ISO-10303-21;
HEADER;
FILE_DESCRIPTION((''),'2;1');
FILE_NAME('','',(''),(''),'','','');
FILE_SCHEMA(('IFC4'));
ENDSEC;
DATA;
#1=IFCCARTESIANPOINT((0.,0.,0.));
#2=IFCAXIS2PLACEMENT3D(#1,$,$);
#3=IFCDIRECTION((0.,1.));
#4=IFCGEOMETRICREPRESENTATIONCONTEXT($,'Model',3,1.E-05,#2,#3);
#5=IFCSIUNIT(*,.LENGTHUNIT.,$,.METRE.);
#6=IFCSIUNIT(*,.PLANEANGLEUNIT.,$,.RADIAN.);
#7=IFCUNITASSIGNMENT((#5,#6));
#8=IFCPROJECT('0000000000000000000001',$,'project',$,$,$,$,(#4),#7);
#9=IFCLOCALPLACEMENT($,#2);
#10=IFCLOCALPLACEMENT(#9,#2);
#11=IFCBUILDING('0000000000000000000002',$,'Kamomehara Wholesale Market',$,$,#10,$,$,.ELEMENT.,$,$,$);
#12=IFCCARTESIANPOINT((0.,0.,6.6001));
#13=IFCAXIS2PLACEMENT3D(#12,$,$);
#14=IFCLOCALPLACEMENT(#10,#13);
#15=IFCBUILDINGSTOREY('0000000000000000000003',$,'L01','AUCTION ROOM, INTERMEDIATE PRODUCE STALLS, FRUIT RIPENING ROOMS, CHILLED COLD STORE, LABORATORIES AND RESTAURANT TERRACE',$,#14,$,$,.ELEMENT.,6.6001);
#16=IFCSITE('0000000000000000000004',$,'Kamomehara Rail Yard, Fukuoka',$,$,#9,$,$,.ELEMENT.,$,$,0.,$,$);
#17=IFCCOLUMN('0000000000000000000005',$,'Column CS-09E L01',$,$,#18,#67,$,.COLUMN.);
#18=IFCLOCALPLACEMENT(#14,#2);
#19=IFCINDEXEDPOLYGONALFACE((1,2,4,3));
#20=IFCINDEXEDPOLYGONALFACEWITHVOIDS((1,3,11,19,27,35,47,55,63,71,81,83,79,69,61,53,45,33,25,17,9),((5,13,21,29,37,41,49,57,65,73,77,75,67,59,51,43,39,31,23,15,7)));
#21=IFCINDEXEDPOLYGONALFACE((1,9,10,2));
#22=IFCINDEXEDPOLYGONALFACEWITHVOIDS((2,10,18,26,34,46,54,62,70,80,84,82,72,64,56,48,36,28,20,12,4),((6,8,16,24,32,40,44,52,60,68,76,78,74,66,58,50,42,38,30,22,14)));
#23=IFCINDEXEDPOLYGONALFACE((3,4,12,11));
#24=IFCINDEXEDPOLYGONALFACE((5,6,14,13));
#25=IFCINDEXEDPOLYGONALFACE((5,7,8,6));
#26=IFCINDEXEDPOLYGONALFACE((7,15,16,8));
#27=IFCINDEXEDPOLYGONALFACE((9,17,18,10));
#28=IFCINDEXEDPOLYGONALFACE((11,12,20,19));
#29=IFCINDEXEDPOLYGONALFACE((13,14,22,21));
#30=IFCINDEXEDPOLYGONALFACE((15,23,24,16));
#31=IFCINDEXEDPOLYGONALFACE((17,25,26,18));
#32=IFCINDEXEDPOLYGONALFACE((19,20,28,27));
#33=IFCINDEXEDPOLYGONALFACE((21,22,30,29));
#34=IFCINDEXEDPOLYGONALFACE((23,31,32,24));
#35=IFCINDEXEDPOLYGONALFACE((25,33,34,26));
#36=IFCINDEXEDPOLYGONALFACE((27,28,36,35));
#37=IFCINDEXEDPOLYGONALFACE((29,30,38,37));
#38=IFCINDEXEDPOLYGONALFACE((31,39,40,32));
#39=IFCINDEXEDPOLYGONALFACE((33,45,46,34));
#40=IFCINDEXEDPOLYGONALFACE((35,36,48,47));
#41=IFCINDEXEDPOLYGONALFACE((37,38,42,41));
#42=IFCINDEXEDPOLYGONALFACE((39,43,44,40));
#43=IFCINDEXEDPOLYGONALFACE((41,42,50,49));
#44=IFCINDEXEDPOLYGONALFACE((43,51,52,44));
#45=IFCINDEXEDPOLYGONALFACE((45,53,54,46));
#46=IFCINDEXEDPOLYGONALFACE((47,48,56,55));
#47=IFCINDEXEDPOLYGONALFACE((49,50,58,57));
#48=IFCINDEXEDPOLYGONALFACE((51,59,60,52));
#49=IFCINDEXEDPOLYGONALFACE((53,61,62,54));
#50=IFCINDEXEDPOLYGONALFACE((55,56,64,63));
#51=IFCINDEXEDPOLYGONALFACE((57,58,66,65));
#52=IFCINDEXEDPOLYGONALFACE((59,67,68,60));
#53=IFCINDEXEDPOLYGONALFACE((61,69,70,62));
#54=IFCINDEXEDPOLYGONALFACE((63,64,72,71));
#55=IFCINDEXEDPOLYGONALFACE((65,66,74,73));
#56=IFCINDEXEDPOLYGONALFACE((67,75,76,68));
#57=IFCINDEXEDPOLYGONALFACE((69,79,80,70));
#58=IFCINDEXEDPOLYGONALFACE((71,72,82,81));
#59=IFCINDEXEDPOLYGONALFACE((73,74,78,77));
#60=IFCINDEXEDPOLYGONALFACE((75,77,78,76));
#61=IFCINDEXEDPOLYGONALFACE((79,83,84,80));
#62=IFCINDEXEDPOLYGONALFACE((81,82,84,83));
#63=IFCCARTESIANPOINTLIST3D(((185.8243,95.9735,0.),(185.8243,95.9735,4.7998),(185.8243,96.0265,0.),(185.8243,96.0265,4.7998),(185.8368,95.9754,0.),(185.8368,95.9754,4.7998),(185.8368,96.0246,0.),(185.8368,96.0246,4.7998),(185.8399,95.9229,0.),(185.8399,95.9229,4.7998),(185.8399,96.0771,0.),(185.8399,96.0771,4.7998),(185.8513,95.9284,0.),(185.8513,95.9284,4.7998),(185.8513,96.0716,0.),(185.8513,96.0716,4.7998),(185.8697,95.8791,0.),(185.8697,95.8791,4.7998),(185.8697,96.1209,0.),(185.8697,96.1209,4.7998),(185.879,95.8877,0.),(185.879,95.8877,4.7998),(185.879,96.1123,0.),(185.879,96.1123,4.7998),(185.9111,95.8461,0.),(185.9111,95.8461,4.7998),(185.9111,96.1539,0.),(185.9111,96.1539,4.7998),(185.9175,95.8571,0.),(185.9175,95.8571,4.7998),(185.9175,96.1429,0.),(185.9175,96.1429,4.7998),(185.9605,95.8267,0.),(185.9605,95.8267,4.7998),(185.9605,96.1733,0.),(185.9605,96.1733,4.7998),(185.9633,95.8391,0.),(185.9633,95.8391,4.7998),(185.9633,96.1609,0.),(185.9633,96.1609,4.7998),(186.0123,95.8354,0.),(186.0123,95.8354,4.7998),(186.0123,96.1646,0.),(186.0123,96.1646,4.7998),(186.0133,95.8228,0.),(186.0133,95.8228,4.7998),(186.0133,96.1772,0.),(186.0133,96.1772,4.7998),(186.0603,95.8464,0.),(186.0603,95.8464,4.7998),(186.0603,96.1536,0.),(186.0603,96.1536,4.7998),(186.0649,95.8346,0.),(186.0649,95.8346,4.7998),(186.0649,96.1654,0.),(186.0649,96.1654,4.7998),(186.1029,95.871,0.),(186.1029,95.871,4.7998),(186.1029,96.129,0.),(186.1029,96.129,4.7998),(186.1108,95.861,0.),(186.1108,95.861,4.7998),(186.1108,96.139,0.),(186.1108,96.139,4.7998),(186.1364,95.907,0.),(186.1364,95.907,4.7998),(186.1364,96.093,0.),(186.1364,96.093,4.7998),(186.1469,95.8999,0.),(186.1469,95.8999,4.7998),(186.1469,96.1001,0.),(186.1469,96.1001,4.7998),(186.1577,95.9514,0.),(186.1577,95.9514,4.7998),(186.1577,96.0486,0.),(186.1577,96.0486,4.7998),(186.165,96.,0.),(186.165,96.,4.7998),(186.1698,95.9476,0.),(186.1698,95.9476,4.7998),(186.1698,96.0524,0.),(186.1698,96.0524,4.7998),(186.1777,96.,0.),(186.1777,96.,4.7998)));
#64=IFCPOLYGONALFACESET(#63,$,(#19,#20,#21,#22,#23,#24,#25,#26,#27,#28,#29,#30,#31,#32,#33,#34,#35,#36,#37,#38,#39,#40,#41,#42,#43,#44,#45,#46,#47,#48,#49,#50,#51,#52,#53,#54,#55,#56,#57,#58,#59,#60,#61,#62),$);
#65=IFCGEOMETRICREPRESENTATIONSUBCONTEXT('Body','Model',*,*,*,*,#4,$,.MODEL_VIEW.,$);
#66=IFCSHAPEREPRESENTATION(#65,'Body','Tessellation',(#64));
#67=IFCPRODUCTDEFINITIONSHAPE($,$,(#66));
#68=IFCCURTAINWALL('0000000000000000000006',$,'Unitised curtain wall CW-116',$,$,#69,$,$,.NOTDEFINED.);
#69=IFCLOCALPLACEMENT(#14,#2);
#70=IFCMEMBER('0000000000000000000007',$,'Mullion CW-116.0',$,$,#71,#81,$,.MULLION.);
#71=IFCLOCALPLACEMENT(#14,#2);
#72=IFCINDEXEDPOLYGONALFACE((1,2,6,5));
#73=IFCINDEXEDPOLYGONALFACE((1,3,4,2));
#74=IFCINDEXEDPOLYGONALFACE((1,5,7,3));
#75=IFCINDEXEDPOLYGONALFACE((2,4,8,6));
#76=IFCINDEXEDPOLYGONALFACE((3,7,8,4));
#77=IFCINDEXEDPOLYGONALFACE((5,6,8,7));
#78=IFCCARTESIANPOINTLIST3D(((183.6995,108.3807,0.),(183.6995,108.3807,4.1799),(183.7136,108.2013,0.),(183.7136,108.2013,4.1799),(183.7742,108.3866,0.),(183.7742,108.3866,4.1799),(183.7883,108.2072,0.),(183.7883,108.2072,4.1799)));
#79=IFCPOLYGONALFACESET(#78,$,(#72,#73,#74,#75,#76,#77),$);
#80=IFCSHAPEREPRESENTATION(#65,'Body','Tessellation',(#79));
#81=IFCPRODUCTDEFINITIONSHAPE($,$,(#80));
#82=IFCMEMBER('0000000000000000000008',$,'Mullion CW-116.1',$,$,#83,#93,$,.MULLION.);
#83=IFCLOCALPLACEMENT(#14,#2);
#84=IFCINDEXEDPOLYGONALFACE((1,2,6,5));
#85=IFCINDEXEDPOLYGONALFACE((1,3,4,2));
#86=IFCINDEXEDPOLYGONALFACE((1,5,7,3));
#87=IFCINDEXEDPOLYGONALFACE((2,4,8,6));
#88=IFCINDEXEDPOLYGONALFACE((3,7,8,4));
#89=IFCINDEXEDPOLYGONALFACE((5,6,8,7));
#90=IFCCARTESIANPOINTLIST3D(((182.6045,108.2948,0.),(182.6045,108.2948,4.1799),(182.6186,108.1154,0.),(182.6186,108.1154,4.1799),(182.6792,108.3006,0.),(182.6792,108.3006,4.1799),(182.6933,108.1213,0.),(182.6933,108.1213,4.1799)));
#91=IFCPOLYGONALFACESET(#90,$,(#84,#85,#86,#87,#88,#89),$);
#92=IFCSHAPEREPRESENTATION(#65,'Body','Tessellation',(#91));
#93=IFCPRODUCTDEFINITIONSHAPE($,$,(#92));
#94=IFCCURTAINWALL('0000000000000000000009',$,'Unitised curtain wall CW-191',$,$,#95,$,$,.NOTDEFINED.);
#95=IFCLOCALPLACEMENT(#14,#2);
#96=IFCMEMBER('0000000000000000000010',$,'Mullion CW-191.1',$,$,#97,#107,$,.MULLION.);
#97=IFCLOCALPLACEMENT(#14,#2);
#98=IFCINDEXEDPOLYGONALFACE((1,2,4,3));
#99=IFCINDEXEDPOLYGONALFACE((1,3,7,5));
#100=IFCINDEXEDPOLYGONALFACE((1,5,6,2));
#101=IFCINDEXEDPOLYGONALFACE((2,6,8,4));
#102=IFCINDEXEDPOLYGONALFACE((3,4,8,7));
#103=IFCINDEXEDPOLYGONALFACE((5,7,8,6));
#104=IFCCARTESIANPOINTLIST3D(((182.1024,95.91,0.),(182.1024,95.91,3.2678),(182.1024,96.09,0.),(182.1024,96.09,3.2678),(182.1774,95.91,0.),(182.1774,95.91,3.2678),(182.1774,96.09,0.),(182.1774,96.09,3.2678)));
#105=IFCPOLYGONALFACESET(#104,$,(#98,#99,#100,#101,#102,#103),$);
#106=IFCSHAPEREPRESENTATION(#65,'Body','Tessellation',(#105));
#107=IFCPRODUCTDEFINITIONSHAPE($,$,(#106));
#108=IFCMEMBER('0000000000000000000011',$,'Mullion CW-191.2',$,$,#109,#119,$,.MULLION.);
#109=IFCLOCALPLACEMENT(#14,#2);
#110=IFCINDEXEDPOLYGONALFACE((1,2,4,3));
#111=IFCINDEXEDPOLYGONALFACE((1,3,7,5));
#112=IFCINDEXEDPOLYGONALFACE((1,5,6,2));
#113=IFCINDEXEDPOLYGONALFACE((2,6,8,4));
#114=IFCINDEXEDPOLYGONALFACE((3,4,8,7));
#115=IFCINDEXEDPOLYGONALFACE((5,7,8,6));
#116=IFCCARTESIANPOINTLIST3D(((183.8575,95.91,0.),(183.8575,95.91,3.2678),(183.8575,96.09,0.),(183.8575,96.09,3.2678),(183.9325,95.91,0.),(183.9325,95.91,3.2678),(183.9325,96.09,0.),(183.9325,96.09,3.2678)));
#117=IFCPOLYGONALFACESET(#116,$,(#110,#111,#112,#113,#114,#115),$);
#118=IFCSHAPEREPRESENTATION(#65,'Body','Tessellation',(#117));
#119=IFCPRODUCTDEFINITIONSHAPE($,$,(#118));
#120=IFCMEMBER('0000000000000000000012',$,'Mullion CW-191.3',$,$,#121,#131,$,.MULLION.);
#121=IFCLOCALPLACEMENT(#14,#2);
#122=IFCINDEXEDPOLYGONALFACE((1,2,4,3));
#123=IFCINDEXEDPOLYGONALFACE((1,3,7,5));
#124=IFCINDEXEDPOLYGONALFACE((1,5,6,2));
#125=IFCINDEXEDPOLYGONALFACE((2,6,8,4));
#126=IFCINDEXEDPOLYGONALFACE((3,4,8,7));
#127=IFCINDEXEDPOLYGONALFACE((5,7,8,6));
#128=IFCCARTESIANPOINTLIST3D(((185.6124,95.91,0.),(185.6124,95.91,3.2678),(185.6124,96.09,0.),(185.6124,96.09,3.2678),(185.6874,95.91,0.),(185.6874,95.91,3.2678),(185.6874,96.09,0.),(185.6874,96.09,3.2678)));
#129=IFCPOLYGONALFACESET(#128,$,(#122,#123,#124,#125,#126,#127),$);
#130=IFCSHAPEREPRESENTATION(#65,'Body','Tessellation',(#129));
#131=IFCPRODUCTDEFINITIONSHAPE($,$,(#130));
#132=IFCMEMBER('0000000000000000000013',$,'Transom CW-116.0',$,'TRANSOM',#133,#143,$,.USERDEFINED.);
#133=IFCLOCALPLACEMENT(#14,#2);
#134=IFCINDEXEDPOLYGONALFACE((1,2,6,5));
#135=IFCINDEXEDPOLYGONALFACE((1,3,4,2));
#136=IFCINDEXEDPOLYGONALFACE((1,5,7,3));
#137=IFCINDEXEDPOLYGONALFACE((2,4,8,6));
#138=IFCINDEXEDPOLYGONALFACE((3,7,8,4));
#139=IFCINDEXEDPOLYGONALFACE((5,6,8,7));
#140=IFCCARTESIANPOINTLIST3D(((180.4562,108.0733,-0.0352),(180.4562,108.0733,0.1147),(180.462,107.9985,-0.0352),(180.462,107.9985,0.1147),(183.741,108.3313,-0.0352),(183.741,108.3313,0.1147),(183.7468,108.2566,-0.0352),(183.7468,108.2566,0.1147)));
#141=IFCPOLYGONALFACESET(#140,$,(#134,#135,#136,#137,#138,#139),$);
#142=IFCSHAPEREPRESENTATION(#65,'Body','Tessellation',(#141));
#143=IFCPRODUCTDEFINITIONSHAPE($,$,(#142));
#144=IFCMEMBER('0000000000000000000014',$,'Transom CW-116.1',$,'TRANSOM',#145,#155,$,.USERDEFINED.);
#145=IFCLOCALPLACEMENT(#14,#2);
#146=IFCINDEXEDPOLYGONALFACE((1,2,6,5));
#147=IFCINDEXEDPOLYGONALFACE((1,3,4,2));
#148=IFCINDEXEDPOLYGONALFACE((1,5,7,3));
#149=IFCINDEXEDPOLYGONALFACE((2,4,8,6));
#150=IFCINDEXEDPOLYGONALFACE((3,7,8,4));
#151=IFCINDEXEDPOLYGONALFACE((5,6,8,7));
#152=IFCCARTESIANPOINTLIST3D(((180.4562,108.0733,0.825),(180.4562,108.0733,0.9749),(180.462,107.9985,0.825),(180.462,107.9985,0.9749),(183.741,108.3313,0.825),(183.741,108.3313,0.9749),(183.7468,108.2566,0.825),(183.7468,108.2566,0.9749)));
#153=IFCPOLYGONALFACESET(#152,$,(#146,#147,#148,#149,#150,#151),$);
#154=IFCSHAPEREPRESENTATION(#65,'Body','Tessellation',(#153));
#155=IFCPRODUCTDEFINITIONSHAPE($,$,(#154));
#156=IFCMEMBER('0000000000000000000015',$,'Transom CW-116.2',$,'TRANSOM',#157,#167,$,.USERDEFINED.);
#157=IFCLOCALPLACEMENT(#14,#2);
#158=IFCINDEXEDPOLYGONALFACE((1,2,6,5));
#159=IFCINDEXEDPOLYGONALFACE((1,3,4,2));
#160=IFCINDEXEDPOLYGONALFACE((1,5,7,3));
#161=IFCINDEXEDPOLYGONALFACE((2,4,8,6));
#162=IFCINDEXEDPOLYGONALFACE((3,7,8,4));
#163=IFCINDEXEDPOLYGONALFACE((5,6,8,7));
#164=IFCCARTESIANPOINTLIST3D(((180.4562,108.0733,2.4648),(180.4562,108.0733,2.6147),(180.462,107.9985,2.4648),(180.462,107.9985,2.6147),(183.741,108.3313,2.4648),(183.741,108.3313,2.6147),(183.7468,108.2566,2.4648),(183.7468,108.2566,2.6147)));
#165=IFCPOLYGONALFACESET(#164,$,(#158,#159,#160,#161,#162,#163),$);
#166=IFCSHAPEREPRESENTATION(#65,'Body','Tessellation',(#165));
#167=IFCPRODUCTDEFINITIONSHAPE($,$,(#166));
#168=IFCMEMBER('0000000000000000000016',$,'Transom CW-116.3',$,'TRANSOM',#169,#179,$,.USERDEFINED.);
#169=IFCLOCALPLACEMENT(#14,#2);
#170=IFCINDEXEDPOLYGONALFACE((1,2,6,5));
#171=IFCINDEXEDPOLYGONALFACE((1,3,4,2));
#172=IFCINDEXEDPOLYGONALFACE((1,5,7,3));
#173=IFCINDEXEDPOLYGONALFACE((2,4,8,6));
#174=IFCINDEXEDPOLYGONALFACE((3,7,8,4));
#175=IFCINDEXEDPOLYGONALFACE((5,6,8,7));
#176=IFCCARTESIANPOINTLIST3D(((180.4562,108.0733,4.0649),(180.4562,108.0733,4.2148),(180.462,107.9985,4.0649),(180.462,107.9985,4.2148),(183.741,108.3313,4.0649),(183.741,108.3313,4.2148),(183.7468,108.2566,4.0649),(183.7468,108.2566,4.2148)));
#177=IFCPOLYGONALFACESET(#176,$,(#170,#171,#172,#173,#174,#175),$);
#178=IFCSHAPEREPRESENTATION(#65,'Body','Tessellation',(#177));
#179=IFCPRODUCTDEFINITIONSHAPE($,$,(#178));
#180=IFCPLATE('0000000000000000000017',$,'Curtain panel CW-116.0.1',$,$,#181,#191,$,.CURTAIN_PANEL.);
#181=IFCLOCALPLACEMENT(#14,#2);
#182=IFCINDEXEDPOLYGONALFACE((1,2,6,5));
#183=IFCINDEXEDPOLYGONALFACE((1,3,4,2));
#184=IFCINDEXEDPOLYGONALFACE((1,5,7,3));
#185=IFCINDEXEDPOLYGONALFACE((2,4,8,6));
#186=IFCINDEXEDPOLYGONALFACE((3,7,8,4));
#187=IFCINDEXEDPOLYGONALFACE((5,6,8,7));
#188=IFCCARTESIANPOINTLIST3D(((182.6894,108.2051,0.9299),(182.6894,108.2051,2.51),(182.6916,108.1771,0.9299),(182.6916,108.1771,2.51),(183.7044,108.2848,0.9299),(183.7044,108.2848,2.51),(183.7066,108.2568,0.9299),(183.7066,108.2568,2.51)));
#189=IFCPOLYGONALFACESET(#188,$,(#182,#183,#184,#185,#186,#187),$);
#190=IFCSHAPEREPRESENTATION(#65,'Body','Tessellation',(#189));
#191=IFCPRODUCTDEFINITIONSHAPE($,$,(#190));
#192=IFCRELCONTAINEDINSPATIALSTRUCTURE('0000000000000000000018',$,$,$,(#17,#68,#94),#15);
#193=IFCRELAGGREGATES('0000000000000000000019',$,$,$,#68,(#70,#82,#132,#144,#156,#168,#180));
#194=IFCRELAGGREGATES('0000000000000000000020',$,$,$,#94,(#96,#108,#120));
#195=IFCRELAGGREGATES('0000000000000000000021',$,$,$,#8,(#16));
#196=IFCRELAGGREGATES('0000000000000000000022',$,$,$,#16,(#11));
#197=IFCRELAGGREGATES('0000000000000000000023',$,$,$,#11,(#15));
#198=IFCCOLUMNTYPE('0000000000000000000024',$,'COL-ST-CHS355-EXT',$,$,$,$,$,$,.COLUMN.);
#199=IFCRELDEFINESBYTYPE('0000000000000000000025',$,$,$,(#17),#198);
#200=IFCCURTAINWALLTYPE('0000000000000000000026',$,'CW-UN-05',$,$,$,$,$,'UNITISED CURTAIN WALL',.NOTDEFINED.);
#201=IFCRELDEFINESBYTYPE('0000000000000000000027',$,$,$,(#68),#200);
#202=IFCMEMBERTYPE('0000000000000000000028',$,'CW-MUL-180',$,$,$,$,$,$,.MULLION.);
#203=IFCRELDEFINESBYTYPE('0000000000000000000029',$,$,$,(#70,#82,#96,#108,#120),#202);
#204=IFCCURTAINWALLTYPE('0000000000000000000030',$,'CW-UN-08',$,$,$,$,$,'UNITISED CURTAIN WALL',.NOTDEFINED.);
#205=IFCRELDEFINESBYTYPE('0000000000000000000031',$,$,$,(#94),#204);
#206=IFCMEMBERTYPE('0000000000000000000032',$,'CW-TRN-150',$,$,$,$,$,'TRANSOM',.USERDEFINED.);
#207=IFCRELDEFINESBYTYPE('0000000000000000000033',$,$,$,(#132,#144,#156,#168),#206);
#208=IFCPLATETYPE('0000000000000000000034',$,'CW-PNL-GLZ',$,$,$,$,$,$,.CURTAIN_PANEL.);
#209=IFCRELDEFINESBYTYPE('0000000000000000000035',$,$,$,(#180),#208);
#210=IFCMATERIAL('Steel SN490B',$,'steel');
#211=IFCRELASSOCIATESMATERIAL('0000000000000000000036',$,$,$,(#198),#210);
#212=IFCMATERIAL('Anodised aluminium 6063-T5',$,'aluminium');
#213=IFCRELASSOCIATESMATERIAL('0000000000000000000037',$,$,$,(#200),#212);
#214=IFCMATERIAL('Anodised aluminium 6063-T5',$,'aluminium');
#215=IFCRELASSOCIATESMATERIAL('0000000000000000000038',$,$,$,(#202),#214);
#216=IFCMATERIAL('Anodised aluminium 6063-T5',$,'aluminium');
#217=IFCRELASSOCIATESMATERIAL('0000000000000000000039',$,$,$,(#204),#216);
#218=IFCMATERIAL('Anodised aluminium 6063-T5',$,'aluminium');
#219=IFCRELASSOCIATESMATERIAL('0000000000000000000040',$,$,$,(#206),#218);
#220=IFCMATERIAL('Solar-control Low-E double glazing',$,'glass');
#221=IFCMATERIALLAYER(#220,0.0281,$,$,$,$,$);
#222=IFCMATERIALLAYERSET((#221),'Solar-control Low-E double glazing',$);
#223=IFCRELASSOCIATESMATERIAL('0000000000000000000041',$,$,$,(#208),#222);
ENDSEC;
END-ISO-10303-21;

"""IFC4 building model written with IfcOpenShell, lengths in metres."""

from ifc_helpers import new_model, si_unit, direction, frame, origin, origin_2d, place, context, subcontext, project, spatial, rectangle, hollow_circle, extrude, material, layer, layer_set, material_profile, profile_set, type_object, element, aggregate, save


model = new_model("IFC4")

# Units and contexts
model_context = context("Model", 3, precision=1e-05, world=origin(), true_north=direction((0.0, 1.0)))
body_context = subcontext(model_context, "Body", "Model", "MODEL_VIEW")
ifc_project = project(units=[si_unit("LENGTHUNIT", "METRE"), si_unit("PLANEANGLEUNIT", "RADIAN")], contexts=[model_context])

# Site, building, storey
site_placement = place(None, origin())
site = spatial("IfcSite", under=ifc_project, at=site_placement, Name="Kamomehara Rail Yard, Fukuoka", CompositionType="ELEMENT", RefElevation=0.0)
building_placement = place(site_placement, origin())
building = spatial("IfcBuilding", under=site, at=building_placement, Name="Kamomehara Wholesale Market", CompositionType="ELEMENT")
storey_placement = place(building_placement, frame((0.0, 0.0, 6.6001)))
storey = spatial("IfcBuildingStorey", under=building, at=storey_placement, Name="L01", Description="AUCTION ROOM, INTERMEDIATE PRODUCE STALLS, FRUIT RIPENING ROOMS, CHILLED COLD STORE, LABORATORIES AND RESTAURANT TERRACE", CompositionType="ELEMENT", Elevation=6.6001)

# Column
ifc_material_1 = material(Name="Steel SN490B", Category="steel")
ifc_material_profile_1 = material_profile(ifc_material_1, hollow_circle(Radius=0.1777, WallThickness=0.0127, at=origin_2d()), Name="CHS-355.6x12.7")
ifc_profile_set_1 = profile_set([ifc_material_profile_1], Name="Steel SN490B")
column_type = type_object("IfcColumnType", Name="COL-ST-CHS355-EXT", PredefinedType="COLUMN", material=ifc_profile_set_1)
column_placement = place(storey_placement, frame((186.0, 96.0, 0.0), z_axis=(0.0, 0.0, 1.0), x_axis=(1.0, 0.0, 0.0)))
element("IfcColumn", 1, at=column_placement, inside=storey, type_object=column_type, Name="Column CS-09E L01", PredefinedType="COLUMN", context=body_context, shape_type="SweptSolid", body=[
    extrude(hollow_circle(Radius=0.1777, WallThickness=0.0127, at=origin_2d()), origin(), (0.0, 0.0, 1.0), 4.7998),
])

# Curtain walls, members
ifc_material_2 = material(Name="Anodised aluminium 6063-T5", Category="aluminium")
curtain_wall_type_1 = type_object("IfcCurtainWallType", Name="CW-UN-05", ElementType="UNITISED CURTAIN WALL", PredefinedType="NOTDEFINED", material=ifc_material_2)
curtain_wall_1_placement = place(storey_placement, origin())
curtain_wall_1 = element("IfcCurtainWall", 2, at=curtain_wall_1_placement, inside=storey, type_object=curtain_wall_type_1, Name="Unitised curtain wall CW-116", PredefinedType="NOTDEFINED")
ifc_material_3 = material(Name="Anodised aluminium 6063-T5", Category="aluminium")
ifc_material_profile_2 = material_profile(ifc_material_3, rectangle(XDim=0.075, YDim=0.1799, at=origin_2d()), Name="ALU-MUL-75x180")
ifc_profile_set_2 = profile_set([ifc_material_profile_2], Name="Anodised aluminium 6063-T5")
member_type_1 = type_object("IfcMemberType", Name="CW-MUL-180", PredefinedType="MULLION", material=ifc_profile_set_2)
member_1_placement = place(storey_placement, frame((183.7439, 108.2939, 0.0), z_axis=(0.0, 0.0, 1.0), x_axis=(-0.99693, -0.078297, 0.0)))
member_1 = element("IfcMember", 3, at=member_1_placement, type_object=member_type_1, Name="Mullion CW-116.0", PredefinedType="MULLION", context=body_context, shape_type="SweptSolid", body=[
    extrude(rectangle(XDim=0.075, YDim=0.1799, at=origin_2d()), origin(), (0.0, 0.0, 1.0), 4.1799),
])
member_2_placement = place(storey_placement, frame((182.6489, 108.208, 0.0), z_axis=(0.0, 0.0, 1.0), x_axis=(-0.99693, -0.078297, 0.0)))
member_2 = element("IfcMember", 4, at=member_2_placement, type_object=member_type_1, Name="Mullion CW-116.1", PredefinedType="MULLION", context=body_context, shape_type="SweptSolid", body=[
    extrude(rectangle(XDim=0.075, YDim=0.1799, at=origin_2d()), origin(), (0.0, 0.0, 1.0), 4.1799),
])
ifc_material_4 = material(Name="Anodised aluminium 6063-T5", Category="aluminium")
curtain_wall_type_2 = type_object("IfcCurtainWallType", Name="CW-UN-08", ElementType="UNITISED CURTAIN WALL", PredefinedType="NOTDEFINED", material=ifc_material_4)
curtain_wall_2_placement = place(storey_placement, origin())
curtain_wall_2 = element("IfcCurtainWall", 5, at=curtain_wall_2_placement, inside=storey, type_object=curtain_wall_type_2, Name="Unitised curtain wall CW-191", PredefinedType="NOTDEFINED")
member_3_placement = place(storey_placement, frame((182.1399, 96.0, 0.0), z_axis=(0.0, 0.0, 1.0), x_axis=(1.0, 0.0, 0.0)))
member_3 = element("IfcMember", 6, at=member_3_placement, type_object=member_type_1, Name="Mullion CW-191.1", PredefinedType="MULLION", context=body_context, shape_type="SweptSolid", body=[
    extrude(rectangle(XDim=0.075, YDim=0.1799, at=origin_2d()), origin(), (0.0, 0.0, 1.0), 3.2678),
])
member_4_placement = place(storey_placement, frame((183.895, 96.0, 0.0), z_axis=(0.0, 0.0, 1.0), x_axis=(1.0, 0.0, 0.0)))
member_4 = element("IfcMember", 7, at=member_4_placement, type_object=member_type_1, Name="Mullion CW-191.2", PredefinedType="MULLION", context=body_context, shape_type="SweptSolid", body=[
    extrude(rectangle(XDim=0.075, YDim=0.1799, at=origin_2d()), origin(), (0.0, 0.0, 1.0), 3.2678),
])
member_5_placement = place(storey_placement, frame((185.6499, 96.0, 0.0), z_axis=(0.0, 0.0, 1.0), x_axis=(1.0, 0.0, 0.0)))
member_5 = element("IfcMember", 8, at=member_5_placement, type_object=member_type_1, Name="Mullion CW-191.3", PredefinedType="MULLION", context=body_context, shape_type="SweptSolid", body=[
    extrude(rectangle(XDim=0.075, YDim=0.1799, at=origin_2d()), origin(), (0.0, 0.0, 1.0), 3.2678),
])

# Members
ifc_material_5 = material(Name="Anodised aluminium 6063-T5", Category="aluminium")
ifc_material_profile_3 = material_profile(ifc_material_5, rectangle(XDim=0.075, YDim=0.1499, at=origin_2d()), Name="ALU-TRN-75x150")
ifc_profile_set_3 = profile_set([ifc_material_profile_3], Name="Anodised aluminium 6063-T5")
member_type_2 = type_object("IfcMemberType", Name="CW-TRN-150", ElementType="TRANSOM", PredefinedType="USERDEFINED", material=ifc_profile_set_3)
member_6_placement = place(storey_placement, frame((183.7439, 108.2939, 0.0398), z_axis=(-0.996929, -0.078317, 0.0), x_axis=(0.078317, -0.996929, 0.0)))
member_6 = element("IfcMember", 9, at=member_6_placement, type_object=member_type_2, Name="Transom CW-116.0", ObjectType="TRANSOM", PredefinedType="USERDEFINED", context=body_context, shape_type="SweptSolid", body=[
    extrude(rectangle(XDim=0.075, YDim=0.1499, at=origin_2d()), origin(), (0.0, 0.0, 1.0), 3.2949),
])
member_7_placement = place(storey_placement, frame((183.7439, 108.2939, 0.8999), z_axis=(-0.996929, -0.078317, 0.0), x_axis=(0.078317, -0.996929, 0.0)))
member_7 = element("IfcMember", 10, at=member_7_placement, type_object=member_type_2, Name="Transom CW-116.1", ObjectType="TRANSOM", PredefinedType="USERDEFINED", context=body_context, shape_type="SweptSolid", body=[
    extrude(rectangle(XDim=0.075, YDim=0.1499, at=origin_2d()), origin(), (0.0, 0.0, 1.0), 3.2949),
])
member_8_placement = place(storey_placement, frame((183.7439, 108.2939, 2.5398), z_axis=(-0.996929, -0.078317, 0.0), x_axis=(0.078317, -0.996929, 0.0)))
member_8 = element("IfcMember", 11, at=member_8_placement, type_object=member_type_2, Name="Transom CW-116.2", ObjectType="TRANSOM", PredefinedType="USERDEFINED", context=body_context, shape_type="SweptSolid", body=[
    extrude(rectangle(XDim=0.075, YDim=0.1499, at=origin_2d()), origin(), (0.0, 0.0, 1.0), 3.2949),
])
member_9_placement = place(storey_placement, frame((183.7439, 108.2939, 4.1399), z_axis=(-0.996929, -0.078317, 0.0), x_axis=(0.078317, -0.996929, 0.0)))
member_9 = element("IfcMember", 12, at=member_9_placement, type_object=member_type_2, Name="Transom CW-116.3", ObjectType="TRANSOM", PredefinedType="USERDEFINED", context=body_context, shape_type="SweptSolid", body=[
    extrude(rectangle(XDim=0.075, YDim=0.1499, at=origin_2d()), origin(), (0.0, 0.0, 1.0), 3.2949),
])

# Plate
ifc_material_6 = material(Name="Solar-control Low-E double glazing", Category="glass")
ifc_layer_1 = layer(ifc_material_6, 0.0281)
ifc_layer_set_1 = layer_set([ifc_layer_1], Name="Solar-control Low-E double glazing")
plate_type_1 = type_object("IfcPlateType", Name="CW-PNL-GLZ", PredefinedType="CURTAIN_PANEL", material=ifc_layer_set_1)
plate_1_placement = place(storey_placement, frame((183.198, 108.231, 0.9299), z_axis=(0.0, 0.0, 1.0), x_axis=(-0.99693, -0.078302, 0.0)))
plate_1 = element("IfcPlate", 13, at=plate_1_placement, type_object=plate_type_1, Name="Curtain panel CW-116.0.1", PredefinedType="CURTAIN_PANEL", context=body_context, shape_type="SweptSolid", body=[
    extrude(rectangle(XDim=1.0181, YDim=0.0281, at=origin_2d()), origin(), (0.0, 0.0, 1.0), 1.5801),
])
aggregate(curtain_wall_1, [member_1, member_2, member_6, member_7, member_8, member_9, plate_1])
aggregate(curtain_wall_2, [member_3, member_4, member_5])

save(model, "model.ifc")
